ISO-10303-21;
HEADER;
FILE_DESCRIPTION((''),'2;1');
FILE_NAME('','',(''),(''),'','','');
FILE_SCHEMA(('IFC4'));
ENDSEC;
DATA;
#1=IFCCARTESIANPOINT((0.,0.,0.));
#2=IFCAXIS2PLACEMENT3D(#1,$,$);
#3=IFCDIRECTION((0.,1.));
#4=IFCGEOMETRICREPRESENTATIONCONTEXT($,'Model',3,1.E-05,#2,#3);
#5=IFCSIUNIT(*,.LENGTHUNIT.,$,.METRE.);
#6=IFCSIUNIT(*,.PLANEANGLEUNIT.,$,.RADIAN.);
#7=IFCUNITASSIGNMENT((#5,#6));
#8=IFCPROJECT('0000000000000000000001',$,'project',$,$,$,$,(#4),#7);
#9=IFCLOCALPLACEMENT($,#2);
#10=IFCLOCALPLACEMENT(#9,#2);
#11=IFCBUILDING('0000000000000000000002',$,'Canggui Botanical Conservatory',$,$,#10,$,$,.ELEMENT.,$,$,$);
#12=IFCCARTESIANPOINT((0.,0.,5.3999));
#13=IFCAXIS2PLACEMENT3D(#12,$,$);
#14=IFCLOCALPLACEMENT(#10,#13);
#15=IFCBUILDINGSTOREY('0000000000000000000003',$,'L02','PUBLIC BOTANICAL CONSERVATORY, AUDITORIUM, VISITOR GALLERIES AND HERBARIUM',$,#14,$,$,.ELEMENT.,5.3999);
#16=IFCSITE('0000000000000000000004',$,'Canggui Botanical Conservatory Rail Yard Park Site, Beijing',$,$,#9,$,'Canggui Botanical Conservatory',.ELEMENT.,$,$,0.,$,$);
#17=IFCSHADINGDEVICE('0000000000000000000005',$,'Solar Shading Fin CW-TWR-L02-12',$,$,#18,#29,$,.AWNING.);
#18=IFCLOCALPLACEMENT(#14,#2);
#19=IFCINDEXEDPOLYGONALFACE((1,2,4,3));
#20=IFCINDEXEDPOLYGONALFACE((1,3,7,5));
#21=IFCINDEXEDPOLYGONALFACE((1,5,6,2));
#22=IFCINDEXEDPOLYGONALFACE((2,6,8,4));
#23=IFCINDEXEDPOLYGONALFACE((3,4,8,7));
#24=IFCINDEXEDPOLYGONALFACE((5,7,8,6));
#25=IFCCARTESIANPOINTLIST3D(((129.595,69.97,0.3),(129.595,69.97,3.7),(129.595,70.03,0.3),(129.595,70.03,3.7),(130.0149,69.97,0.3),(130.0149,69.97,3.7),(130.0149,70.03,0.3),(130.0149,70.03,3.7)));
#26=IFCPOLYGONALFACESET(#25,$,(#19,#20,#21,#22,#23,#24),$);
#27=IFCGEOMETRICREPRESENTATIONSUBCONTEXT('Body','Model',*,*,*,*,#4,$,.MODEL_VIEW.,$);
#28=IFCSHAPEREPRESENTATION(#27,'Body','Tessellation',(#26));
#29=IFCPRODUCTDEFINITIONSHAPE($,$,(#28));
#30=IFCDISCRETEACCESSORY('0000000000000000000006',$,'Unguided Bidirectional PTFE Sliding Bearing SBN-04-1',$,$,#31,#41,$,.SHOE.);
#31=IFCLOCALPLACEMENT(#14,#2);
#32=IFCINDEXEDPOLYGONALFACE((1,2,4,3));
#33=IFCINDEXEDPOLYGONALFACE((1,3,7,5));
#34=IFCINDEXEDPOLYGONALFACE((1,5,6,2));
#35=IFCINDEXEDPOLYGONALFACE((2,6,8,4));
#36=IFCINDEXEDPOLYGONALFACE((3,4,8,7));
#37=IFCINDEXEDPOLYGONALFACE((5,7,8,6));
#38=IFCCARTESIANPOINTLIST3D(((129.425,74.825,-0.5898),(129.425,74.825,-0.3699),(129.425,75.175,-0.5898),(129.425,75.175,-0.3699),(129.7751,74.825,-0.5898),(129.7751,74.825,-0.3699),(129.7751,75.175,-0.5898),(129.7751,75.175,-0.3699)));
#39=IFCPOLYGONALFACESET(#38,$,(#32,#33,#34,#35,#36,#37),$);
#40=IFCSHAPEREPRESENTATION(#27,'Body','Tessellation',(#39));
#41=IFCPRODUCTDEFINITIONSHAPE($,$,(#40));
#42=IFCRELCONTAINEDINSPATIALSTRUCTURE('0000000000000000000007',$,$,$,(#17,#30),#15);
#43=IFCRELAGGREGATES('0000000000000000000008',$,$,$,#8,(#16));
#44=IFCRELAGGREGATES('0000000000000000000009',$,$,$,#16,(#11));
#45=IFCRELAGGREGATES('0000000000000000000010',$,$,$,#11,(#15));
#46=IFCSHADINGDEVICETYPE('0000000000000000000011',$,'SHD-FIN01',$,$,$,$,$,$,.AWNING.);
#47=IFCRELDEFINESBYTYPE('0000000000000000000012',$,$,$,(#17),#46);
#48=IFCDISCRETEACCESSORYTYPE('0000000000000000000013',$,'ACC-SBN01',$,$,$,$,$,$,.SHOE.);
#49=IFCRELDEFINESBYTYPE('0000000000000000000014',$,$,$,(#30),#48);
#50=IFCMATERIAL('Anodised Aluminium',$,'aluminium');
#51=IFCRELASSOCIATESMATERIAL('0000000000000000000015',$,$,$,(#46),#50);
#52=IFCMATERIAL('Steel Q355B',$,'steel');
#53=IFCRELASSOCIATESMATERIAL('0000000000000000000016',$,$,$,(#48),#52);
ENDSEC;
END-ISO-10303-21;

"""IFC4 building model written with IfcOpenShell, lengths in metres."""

from ifc_helpers import new_model, si_unit, direction, frame, origin, origin_2d, place, context, subcontext, project, spatial, rectangle, extrude, material, type_object, element, save


model = new_model("IFC4")

# Units and contexts
model_context = context("Model", 3, precision=1e-05, world=origin(), true_north=direction((0.0, 1.0)))
body_context = subcontext(model_context, "Body", "Model", "MODEL_VIEW")
ifc_project = project(units=[si_unit("LENGTHUNIT", "METRE"), si_unit("PLANEANGLEUNIT", "RADIAN")], contexts=[model_context])

# Site, building, storey
site_placement = place(None, origin())
site = spatial("IfcSite", under=ifc_project, at=site_placement, Name="Canggui Botanical Conservatory Rail Yard Park Site, Beijing", LongName="Canggui Botanical Conservatory", CompositionType="ELEMENT", RefElevation=0.0)
building_placement = place(site_placement, origin())
building = spatial("IfcBuilding", under=site, at=building_placement, Name="Canggui Botanical Conservatory", CompositionType="ELEMENT")
storey_placement = place(building_placement, frame((0.0, 0.0, 5.3999)))
storey = spatial("IfcBuildingStorey", under=building, at=storey_placement, Name="L02", Description="PUBLIC BOTANICAL CONSERVATORY, AUDITORIUM, VISITOR GALLERIES AND HERBARIUM", CompositionType="ELEMENT", Elevation=5.3999)

# Shared definitions
ifc_material_1 = material(Name="Steel Q355B", Category="steel")

# Shared definitions
ifc_material_2 = material(Name="Anodised Aluminium", Category="aluminium")

# Shading device
shading_device_type = type_object("IfcShadingDeviceType", Name="SHD-FIN01", PredefinedType="AWNING", material=ifc_material_2)
shading_device_placement = place(storey_placement, frame((129.8049, 70.0, 0.3), z_axis=(0.0, 0.0, 1.0), x_axis=(0.0, 1.0, 0.0)))
element("IfcShadingDevice", 1, at=shading_device_placement, inside=storey, type_object=shading_device_type, Name="Solar Shading Fin CW-TWR-L02-12", PredefinedType="AWNING", context=body_context, shape_type="SweptSolid", body=[
    extrude(rectangle(XDim=0.0601, YDim=0.4199, at=origin_2d()), origin(), (0.0, 0.0, 1.0), 3.3999),
])

# Discrete accessory
discrete_accessory_type = type_object("IfcDiscreteAccessoryType", Name="ACC-SBN01", PredefinedType="SHOE", material=ifc_material_1)
discrete_accessory_placement = place(storey_placement, frame((129.6001, 75.0, -0.5898), z_axis=(0.0, 0.0, 1.0), x_axis=(1.0, 0.0, 0.0)))
element("IfcDiscreteAccessory", 2, at=discrete_accessory_placement, inside=storey, type_object=discrete_accessory_type, Name="Unguided Bidirectional PTFE Sliding Bearing SBN-04-1", PredefinedType="SHOE", context=body_context, shape_type="SweptSolid", body=[
    extrude(rectangle(XDim=0.3501, YDim=0.3501, at=origin_2d()), origin(), (0.0, 0.0, 1.0), 0.22),
])

save(model, "model.ifc")
